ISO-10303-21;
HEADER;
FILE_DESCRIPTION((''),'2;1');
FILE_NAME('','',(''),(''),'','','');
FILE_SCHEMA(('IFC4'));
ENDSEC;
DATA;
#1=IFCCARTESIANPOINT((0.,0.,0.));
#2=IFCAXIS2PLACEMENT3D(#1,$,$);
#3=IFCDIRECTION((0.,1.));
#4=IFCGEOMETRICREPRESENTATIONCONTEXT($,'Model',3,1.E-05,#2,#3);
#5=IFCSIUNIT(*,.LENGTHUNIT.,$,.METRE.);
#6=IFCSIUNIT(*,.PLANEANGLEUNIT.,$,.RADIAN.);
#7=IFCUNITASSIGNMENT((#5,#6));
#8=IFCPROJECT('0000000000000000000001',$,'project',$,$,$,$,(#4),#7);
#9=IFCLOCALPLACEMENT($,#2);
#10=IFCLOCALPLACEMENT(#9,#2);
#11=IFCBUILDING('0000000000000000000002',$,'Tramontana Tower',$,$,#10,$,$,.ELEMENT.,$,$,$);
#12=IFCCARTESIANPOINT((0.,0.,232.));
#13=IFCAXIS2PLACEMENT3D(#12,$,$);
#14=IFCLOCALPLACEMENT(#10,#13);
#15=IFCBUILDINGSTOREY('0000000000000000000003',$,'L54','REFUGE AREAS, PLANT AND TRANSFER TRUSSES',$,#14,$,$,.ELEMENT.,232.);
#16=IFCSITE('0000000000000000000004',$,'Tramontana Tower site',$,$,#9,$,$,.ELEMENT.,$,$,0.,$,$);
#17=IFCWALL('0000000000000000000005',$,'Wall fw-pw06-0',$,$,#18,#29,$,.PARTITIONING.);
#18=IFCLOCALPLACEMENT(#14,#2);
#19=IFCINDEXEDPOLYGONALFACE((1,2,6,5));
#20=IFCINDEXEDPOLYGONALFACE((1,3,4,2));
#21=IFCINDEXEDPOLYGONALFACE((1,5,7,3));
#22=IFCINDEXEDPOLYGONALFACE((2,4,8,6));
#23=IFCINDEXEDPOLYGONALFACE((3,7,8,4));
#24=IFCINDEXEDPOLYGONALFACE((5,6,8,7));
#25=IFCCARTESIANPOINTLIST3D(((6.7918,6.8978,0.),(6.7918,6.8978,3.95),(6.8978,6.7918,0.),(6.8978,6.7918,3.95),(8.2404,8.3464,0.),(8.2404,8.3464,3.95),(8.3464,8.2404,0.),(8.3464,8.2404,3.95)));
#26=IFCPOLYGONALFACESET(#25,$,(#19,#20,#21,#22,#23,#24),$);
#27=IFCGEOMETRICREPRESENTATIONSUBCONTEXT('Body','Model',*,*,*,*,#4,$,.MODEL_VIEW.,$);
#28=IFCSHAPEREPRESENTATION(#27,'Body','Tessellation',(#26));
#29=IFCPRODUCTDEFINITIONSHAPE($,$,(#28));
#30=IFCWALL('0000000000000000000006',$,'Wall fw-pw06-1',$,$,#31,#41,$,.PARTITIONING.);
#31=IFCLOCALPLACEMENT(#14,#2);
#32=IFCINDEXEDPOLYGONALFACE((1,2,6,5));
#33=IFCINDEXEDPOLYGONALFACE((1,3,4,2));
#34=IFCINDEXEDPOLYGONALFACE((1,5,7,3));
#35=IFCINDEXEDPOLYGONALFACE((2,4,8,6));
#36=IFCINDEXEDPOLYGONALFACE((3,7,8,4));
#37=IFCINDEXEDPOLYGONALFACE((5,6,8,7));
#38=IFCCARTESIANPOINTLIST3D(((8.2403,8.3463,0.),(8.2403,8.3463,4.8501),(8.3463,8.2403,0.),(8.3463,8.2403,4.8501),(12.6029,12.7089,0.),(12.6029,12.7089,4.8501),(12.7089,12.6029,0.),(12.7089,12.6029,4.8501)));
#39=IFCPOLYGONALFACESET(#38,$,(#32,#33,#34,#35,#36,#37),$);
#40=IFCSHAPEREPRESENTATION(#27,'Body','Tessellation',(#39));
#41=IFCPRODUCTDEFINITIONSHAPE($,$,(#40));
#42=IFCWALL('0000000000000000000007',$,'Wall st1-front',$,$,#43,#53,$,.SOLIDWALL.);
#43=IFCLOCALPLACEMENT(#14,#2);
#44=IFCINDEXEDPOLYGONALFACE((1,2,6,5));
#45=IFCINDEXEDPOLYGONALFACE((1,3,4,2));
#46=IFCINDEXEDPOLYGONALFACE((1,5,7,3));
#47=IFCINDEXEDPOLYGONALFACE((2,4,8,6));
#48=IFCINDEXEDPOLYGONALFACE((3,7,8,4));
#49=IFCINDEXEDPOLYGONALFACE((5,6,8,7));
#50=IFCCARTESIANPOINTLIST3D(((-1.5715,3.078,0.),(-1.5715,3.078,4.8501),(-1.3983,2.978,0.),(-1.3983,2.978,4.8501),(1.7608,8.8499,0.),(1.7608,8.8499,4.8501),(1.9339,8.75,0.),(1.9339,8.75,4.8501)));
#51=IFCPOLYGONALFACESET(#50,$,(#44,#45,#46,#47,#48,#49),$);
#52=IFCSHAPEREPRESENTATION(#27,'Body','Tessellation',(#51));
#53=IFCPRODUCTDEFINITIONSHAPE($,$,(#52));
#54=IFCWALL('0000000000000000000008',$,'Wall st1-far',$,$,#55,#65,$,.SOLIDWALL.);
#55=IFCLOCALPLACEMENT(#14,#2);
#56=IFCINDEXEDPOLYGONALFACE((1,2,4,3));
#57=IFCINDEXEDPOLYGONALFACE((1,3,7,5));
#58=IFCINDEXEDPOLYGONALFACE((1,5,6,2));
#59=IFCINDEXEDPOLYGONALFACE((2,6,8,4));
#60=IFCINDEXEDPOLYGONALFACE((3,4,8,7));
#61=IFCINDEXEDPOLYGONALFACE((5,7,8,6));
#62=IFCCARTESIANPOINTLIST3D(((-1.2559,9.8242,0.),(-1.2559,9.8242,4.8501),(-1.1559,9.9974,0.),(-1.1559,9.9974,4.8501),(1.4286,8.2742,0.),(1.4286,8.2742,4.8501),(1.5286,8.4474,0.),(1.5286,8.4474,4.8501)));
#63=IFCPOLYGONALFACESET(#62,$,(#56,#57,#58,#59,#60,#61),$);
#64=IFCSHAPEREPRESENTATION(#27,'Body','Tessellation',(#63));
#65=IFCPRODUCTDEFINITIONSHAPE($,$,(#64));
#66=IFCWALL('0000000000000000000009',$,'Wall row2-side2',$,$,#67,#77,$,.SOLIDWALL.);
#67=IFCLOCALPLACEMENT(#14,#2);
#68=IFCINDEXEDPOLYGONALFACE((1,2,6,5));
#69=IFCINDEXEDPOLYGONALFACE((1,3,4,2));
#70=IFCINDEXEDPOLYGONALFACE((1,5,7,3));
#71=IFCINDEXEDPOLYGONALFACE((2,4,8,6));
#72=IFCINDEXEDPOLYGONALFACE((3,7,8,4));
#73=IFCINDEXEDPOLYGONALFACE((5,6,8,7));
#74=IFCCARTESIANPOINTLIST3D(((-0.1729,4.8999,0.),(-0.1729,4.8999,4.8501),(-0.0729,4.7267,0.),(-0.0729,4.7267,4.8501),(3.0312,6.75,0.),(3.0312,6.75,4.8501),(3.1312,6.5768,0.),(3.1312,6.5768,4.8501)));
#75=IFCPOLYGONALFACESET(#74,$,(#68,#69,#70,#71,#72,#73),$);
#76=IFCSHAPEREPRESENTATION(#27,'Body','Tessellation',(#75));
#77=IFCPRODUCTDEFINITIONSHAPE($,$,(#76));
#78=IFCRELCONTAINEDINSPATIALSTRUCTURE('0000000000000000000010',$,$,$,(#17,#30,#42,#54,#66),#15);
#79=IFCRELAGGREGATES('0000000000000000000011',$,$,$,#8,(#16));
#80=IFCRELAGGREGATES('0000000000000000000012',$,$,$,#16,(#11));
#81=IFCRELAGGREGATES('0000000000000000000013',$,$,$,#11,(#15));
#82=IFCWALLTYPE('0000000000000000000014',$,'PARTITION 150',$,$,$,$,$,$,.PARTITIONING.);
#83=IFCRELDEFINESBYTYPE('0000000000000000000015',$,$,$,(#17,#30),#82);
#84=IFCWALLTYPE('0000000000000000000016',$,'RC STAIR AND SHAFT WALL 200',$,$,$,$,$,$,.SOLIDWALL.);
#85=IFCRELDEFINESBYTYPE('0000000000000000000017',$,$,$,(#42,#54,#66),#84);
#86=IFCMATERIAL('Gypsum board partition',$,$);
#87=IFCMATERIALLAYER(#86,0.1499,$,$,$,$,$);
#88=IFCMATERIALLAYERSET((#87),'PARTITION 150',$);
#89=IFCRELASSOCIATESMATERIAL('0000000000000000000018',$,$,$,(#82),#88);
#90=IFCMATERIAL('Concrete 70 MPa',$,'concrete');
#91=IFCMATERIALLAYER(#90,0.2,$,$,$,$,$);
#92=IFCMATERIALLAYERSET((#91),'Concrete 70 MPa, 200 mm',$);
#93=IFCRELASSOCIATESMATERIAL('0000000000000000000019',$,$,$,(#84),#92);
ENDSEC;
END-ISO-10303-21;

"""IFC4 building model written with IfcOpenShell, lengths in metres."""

from ifc_helpers import new_model, si_unit, direction, frame, frame_2d, origin, place, context, subcontext, project, spatial, rectangle, extrude, material, layer, layer_set, type_object, element, save


model = new_model("IFC4")

# Units and contexts
model_context = context("Model", 3, precision=1e-05, world=origin(), true_north=direction((0.0, 1.0)))
body_context = subcontext(model_context, "Body", "Model", "MODEL_VIEW")
ifc_project = project(units=[si_unit("LENGTHUNIT", "METRE"), si_unit("PLANEANGLEUNIT", "RADIAN")], contexts=[model_context])

# Site, building, storey
site_placement = place(None, origin())
site = spatial("IfcSite", under=ifc_project, at=site_placement, Name="Tramontana Tower site", CompositionType="ELEMENT", RefElevation=0.0)
building_placement = place(site_placement, origin())
building = spatial("IfcBuilding", under=site, at=building_placement, Name="Tramontana Tower", CompositionType="ELEMENT")
storey_placement = place(building_placement, frame((0.0, 0.0, 232.0)))
storey = spatial("IfcBuildingStorey", under=building, at=storey_placement, Name="L54", Description="REFUGE AREAS, PLANT AND TRANSFER TRUSSES", CompositionType="ELEMENT", Elevation=232.0)

# Walls
ifc_material_1 = material(Name="Gypsum board partition")
ifc_layer_1 = layer(ifc_material_1, 0.1499)
ifc_layer_set_1 = layer_set([ifc_layer_1], Name="PARTITION 150")
wall_type_1 = type_object("IfcWallType", Name="PARTITION 150", PredefinedType="PARTITIONING", material=ifc_layer_set_1)
wall_1_placement = place(storey_placement, frame((6.8447, 6.8447, 0.0), z_axis=(0.0, 0.0, 1.0), x_axis=(0.707107, 0.707107, 0.0)))
element("IfcWall", 1, at=wall_1_placement, inside=storey, type_object=wall_type_1, Name="Wall fw-pw06-0", PredefinedType="PARTITIONING", context=body_context, shape_type="SweptSolid", body=[
    extrude(rectangle(XDim=2.0486, YDim=0.1499, at=frame_2d((1.0244, 0.0))), origin(), (0.0, 0.0, 1.0), 3.95),
])
wall_2_placement = place(storey_placement, frame((8.2932, 8.2932, 0.0), z_axis=(0.0, 0.0, 1.0), x_axis=(0.707107, 0.707107, 0.0)))
element("IfcWall", 2, at=wall_2_placement, inside=storey, type_object=wall_type_1, Name="Wall fw-pw06-1", PredefinedType="PARTITIONING", context=body_context, shape_type="SweptSolid", body=[
    extrude(rectangle(XDim=6.1697, YDim=0.1499, at=frame_2d((3.085, 0.0))), origin(), (0.0, 0.0, 1.0), 4.8501),
])
ifc_material_2 = material(Name="Concrete 70 MPa", Category="concrete")
ifc_layer_2 = layer(ifc_material_2, 0.2)
ifc_layer_set_2 = layer_set([ifc_layer_2], Name="Concrete 70 MPa, 200 mm")
wall_type_2 = type_object("IfcWallType", Name="RC STAIR AND SHAFT WALL 200", PredefinedType="SOLIDWALL", material=ifc_layer_set_2)
wall_3_placement = place(storey_placement, frame((1.8474, 8.8, 0.0), z_axis=(0.0, 0.0, 1.0), x_axis=(-0.49998, -0.866037, 0.0)))
element("IfcWall", 3, at=wall_3_placement, inside=storey, type_object=wall_type_2, Name="Wall st1-front", PredefinedType="SOLIDWALL", context=body_context, shape_type="SweptSolid", body=[
    extrude(rectangle(XDim=6.6648, YDim=0.2, at=frame_2d((3.3325, 0.0))), origin(), (0.0, 0.0, 1.0), 4.8501),
])
wall_4_placement = place(storey_placement, frame((1.4785, 8.3608, 0.0), z_axis=(0.0, 0.0, 1.0), x_axis=(-0.86601, 0.500027, 0.0)))
element("IfcWall", 4, at=wall_4_placement, inside=storey, type_object=wall_type_2, Name="Wall st1-far", PredefinedType="SOLIDWALL", context=body_context, shape_type="SweptSolid", body=[
    extrude(rectangle(XDim=3.0999, YDim=0.2, at=frame_2d((1.5498, 0.0))), origin(), (0.0, 0.0, 1.0), 4.8501),
])
wall_5_placement = place(storey_placement, frame((-0.123, 4.8132, 0.0), z_axis=(0.0, 0.0, 1.0), x_axis=(0.866001, 0.500042, 0.0)))
element("IfcWall", 5, at=wall_5_placement, inside=storey, type_object=wall_type_2, Name="Wall row2-side2", PredefinedType="SOLIDWALL", context=body_context, shape_type="SweptSolid", body=[
    extrude(rectangle(XDim=3.7, YDim=0.2, at=frame_2d((1.8501, 0.0))), origin(), (0.0, 0.0, 1.0), 4.8501),
])

save(model, "model.ifc")
